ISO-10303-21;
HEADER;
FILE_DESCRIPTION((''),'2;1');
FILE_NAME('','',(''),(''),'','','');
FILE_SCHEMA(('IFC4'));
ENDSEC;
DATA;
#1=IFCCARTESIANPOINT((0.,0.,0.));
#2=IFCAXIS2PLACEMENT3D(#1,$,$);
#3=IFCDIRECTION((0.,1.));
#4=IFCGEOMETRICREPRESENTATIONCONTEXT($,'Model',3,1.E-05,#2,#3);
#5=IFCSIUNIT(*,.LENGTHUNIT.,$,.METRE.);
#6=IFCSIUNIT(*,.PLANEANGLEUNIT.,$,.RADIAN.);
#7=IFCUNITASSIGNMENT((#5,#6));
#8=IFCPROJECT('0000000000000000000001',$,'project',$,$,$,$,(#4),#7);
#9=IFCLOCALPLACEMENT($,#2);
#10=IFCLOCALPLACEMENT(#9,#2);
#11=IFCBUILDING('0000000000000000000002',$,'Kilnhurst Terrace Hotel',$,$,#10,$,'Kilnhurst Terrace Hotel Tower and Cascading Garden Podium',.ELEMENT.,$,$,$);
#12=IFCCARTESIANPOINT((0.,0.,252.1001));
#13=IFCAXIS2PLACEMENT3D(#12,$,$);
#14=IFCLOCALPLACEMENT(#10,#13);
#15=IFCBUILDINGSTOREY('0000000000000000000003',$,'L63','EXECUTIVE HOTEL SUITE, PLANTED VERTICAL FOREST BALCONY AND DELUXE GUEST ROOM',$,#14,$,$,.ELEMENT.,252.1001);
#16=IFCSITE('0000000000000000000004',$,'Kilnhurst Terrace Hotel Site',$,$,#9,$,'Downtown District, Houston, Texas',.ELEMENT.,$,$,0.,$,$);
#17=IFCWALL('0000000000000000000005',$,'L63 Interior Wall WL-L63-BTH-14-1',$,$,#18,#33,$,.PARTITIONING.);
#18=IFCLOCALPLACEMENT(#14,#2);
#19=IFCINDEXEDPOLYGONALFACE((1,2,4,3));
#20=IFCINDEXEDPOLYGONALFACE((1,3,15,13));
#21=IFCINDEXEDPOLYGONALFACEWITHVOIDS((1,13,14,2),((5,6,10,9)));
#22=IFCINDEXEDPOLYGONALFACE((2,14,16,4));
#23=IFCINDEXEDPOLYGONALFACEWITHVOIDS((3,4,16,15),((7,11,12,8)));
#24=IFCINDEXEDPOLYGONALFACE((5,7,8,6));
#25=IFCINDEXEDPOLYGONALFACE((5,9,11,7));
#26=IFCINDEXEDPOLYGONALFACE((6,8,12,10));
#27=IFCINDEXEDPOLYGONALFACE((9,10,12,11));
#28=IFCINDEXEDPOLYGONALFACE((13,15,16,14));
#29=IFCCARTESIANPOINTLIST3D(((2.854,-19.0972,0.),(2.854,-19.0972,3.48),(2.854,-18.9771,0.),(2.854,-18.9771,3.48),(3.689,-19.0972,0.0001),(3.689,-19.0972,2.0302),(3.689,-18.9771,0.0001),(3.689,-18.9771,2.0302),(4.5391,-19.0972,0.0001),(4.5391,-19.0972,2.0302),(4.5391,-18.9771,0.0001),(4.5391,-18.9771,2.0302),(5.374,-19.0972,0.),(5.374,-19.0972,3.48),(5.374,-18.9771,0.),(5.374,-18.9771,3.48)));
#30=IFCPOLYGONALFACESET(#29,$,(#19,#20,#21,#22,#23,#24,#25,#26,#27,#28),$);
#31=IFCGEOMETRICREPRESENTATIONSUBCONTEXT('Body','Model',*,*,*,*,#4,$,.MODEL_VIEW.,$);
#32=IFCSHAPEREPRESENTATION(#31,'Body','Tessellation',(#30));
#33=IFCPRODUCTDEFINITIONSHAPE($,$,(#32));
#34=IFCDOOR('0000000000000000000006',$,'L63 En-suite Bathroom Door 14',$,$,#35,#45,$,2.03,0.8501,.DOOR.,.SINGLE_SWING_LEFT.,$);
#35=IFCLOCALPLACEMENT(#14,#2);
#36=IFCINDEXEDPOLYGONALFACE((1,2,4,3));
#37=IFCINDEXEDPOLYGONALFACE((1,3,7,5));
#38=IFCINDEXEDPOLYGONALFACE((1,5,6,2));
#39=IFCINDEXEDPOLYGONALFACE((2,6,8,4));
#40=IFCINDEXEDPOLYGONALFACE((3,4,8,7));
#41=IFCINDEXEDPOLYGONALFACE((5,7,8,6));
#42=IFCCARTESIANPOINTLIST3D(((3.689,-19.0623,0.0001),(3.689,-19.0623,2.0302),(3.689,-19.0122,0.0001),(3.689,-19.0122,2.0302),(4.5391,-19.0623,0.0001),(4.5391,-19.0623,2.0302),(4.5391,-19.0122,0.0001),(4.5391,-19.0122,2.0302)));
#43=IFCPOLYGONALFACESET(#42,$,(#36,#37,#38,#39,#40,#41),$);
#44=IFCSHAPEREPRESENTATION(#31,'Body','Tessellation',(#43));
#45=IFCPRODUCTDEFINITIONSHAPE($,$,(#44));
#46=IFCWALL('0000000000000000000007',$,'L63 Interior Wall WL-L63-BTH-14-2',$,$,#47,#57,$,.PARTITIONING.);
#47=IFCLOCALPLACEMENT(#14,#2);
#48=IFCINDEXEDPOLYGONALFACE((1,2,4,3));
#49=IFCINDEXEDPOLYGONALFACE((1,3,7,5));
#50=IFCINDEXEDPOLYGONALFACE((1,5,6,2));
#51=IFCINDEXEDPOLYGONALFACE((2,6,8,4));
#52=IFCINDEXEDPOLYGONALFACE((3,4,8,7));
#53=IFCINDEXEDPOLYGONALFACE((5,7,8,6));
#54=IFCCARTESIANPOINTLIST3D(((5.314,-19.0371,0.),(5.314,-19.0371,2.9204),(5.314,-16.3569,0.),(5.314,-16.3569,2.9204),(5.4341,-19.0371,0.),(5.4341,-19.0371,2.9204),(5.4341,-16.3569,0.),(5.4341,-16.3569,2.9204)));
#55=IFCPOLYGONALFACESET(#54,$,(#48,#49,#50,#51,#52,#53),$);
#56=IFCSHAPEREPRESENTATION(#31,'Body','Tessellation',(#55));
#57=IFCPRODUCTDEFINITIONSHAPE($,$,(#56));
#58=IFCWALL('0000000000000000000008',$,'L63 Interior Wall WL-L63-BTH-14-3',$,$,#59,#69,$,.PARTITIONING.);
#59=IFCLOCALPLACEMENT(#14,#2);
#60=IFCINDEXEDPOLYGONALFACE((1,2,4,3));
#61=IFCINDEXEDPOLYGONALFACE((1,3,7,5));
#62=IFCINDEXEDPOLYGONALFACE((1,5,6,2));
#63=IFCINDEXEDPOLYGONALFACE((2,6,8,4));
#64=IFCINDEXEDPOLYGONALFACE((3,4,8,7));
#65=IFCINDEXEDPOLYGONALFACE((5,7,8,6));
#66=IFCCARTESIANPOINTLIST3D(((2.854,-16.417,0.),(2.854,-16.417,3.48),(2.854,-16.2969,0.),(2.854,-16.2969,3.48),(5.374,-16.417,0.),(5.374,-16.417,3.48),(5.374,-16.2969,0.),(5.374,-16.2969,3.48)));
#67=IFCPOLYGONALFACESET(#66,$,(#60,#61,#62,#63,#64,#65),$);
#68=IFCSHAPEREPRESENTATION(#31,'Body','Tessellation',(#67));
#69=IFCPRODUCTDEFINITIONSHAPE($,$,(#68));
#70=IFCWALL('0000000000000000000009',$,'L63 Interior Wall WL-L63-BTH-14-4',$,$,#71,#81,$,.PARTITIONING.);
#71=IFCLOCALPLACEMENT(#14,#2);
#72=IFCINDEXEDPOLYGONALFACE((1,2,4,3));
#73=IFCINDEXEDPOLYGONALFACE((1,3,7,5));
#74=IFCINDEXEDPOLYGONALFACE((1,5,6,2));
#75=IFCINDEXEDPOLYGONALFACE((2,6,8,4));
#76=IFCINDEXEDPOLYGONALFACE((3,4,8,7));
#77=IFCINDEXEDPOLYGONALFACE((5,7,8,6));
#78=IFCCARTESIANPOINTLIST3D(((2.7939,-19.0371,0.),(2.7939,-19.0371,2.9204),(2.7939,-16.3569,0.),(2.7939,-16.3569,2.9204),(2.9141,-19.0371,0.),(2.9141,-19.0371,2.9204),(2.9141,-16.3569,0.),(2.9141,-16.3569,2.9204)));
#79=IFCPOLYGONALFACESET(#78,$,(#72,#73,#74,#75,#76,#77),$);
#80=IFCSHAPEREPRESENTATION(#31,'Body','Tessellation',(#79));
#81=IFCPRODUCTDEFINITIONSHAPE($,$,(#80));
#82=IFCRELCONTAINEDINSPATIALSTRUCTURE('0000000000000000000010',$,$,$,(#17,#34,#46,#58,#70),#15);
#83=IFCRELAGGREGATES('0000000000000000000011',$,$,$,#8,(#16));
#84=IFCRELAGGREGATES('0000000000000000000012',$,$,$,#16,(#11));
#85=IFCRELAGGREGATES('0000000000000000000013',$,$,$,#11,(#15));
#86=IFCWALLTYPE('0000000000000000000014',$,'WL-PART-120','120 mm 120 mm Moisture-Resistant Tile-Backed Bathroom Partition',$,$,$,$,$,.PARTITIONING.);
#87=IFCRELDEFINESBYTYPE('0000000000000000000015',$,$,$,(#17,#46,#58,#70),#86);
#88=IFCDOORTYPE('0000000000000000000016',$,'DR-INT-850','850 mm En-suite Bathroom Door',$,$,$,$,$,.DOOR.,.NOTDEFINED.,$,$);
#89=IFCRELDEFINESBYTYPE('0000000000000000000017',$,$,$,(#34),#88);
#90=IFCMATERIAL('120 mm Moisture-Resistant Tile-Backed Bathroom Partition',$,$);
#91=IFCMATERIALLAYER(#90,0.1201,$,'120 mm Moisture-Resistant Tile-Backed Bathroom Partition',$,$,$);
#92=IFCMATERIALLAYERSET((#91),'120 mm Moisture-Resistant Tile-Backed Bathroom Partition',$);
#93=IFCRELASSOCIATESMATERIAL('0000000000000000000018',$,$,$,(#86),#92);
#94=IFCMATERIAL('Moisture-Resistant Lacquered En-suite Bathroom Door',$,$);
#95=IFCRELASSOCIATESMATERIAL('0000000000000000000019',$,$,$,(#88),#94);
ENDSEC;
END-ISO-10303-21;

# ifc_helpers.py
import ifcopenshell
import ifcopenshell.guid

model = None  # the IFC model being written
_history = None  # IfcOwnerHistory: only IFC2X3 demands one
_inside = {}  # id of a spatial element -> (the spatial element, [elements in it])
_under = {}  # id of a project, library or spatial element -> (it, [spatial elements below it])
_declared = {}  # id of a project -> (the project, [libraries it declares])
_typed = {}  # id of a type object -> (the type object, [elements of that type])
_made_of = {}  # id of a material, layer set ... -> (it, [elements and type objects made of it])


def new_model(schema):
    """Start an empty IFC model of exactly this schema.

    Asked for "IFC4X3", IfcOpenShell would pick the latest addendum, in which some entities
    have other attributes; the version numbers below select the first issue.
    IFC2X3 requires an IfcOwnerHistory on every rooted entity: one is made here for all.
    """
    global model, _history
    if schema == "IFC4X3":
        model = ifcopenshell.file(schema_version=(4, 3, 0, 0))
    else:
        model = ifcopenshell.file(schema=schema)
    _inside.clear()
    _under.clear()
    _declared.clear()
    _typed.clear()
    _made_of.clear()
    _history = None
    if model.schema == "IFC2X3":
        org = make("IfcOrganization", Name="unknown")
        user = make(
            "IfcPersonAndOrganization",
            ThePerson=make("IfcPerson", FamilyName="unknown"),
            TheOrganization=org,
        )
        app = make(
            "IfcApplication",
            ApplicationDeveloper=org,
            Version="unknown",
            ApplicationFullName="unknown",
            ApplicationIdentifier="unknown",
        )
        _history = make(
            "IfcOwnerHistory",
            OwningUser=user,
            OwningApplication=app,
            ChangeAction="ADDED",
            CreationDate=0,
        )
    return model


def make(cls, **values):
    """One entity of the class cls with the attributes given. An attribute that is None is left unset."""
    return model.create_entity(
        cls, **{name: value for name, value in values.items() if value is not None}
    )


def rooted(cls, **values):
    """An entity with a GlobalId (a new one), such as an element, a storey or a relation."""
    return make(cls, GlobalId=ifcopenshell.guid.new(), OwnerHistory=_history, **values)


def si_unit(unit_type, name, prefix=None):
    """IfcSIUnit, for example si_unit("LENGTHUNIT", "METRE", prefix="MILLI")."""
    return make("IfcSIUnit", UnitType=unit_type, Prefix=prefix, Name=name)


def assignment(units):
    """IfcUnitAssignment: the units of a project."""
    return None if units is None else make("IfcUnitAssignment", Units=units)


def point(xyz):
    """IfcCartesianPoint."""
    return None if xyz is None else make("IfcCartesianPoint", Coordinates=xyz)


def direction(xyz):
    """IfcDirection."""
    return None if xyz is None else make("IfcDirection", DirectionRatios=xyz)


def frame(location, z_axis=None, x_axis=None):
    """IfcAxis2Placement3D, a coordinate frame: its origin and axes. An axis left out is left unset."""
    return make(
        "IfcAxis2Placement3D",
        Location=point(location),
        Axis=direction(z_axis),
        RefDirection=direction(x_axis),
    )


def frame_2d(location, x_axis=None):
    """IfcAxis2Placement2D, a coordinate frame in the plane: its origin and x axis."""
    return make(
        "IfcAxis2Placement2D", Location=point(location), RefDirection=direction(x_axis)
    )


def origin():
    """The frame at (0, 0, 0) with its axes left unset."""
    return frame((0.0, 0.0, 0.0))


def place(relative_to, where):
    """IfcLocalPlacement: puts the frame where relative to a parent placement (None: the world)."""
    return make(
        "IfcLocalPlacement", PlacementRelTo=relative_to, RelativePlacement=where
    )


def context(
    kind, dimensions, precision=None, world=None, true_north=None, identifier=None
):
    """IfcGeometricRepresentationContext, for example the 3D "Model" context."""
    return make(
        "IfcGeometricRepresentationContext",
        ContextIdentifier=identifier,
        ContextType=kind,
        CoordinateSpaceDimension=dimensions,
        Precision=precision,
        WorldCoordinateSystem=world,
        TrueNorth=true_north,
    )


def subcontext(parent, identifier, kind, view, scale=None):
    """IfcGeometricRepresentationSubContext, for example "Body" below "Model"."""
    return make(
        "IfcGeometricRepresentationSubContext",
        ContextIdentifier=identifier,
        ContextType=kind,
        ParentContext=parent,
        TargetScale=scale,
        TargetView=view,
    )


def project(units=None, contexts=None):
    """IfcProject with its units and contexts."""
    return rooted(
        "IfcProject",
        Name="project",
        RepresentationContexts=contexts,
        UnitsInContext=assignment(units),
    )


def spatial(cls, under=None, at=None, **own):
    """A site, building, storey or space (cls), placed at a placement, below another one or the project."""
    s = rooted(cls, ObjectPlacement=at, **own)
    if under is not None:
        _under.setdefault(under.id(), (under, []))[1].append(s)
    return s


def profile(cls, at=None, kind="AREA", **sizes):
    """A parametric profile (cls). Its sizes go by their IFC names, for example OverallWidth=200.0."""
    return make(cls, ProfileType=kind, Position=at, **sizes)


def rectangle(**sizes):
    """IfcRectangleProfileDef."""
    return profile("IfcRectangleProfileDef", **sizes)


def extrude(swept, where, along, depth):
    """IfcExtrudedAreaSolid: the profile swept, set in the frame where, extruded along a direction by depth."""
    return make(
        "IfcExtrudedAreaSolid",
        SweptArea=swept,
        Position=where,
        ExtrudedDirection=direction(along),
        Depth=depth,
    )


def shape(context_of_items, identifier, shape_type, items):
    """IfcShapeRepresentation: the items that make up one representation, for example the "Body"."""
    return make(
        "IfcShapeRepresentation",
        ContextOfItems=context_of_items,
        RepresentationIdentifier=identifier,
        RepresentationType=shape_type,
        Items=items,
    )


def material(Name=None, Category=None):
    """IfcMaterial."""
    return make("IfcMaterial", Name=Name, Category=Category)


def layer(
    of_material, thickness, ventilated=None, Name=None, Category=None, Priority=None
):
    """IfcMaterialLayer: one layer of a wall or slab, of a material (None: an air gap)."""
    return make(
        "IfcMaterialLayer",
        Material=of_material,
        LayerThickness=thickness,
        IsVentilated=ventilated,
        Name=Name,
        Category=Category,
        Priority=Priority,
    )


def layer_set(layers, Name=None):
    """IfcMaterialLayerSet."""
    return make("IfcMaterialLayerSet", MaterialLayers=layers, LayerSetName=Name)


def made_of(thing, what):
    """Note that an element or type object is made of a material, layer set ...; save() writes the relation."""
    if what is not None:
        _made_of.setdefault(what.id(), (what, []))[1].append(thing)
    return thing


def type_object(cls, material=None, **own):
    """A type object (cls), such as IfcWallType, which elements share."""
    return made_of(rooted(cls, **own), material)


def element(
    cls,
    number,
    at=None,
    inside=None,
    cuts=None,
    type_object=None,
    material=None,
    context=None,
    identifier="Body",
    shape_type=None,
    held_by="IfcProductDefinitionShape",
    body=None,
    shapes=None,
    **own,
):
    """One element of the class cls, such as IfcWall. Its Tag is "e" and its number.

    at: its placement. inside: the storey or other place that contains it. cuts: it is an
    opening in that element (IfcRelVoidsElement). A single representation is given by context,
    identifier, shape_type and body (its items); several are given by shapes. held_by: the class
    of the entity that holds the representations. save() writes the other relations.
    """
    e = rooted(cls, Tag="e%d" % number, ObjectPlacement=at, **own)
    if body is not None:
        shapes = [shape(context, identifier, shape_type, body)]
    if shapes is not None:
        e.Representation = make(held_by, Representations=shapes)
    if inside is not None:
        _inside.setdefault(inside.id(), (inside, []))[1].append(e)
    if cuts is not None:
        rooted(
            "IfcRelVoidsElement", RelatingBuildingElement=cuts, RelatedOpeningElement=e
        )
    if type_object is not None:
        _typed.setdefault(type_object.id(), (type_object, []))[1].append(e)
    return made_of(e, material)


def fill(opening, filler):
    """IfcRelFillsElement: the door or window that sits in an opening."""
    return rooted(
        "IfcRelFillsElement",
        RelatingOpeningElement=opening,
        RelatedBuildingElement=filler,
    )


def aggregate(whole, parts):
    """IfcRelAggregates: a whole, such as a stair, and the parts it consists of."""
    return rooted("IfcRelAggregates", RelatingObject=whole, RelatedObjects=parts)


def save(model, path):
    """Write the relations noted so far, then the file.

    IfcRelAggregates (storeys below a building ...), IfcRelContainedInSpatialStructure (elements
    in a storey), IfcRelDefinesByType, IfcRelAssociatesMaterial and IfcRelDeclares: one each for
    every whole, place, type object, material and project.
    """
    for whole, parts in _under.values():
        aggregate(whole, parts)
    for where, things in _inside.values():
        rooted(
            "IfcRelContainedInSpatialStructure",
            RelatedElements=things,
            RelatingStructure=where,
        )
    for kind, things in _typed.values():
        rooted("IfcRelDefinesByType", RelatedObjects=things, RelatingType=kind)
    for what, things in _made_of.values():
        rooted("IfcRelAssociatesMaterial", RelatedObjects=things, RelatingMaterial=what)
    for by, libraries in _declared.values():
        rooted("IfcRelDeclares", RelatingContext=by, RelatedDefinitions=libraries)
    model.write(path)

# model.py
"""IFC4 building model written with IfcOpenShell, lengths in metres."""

from ifc_helpers import new_model, si_unit, direction, frame, frame_2d, origin, place, context, subcontext, project, spatial, rectangle, extrude, material, layer, layer_set, type_object, element, fill, save


model = new_model("IFC4")

# Units and contexts
model_context = context("Model", 3, precision=1e-05, world=origin(), true_north=direction((0.0, 1.0)))
body_context = subcontext(model_context, "Body", "Model", "MODEL_VIEW")
ifc_project = project(units=[si_unit("LENGTHUNIT", "METRE"), si_unit("PLANEANGLEUNIT", "RADIAN")], contexts=[model_context])

# Site, building, storey
site_placement = place(None, origin())
site = spatial("IfcSite", under=ifc_project, at=site_placement, Name="Kilnhurst Terrace Hotel Site", LongName="Downtown District, Houston, Texas", CompositionType="ELEMENT", RefElevation=0.0)
building_placement = place(site_placement, origin())
building = spatial("IfcBuilding", under=site, at=building_placement, Name="Kilnhurst Terrace Hotel", LongName="Kilnhurst Terrace Hotel Tower and Cascading Garden Podium", CompositionType="ELEMENT")
storey_placement = place(building_placement, frame((0.0, 0.0, 252.1001)))
storey = spatial("IfcBuildingStorey", under=building, at=storey_placement, Name="L63", Description="EXECUTIVE HOTEL SUITE, PLANTED VERTICAL FOREST BALCONY AND DELUXE GUEST ROOM", CompositionType="ELEMENT", Elevation=252.1001)

# Wall, opening, door
ifc_material_1 = material(Name="120 mm Moisture-Resistant Tile-Backed Bathroom Partition")
ifc_layer_1 = layer(ifc_material_1, 0.1201, Name="120 mm Moisture-Resistant Tile-Backed Bathroom Partition")
ifc_layer_set_1 = layer_set([ifc_layer_1], Name="120 mm Moisture-Resistant Tile-Backed Bathroom Partition")
wall_type_1 = type_object("IfcWallType", Name="WL-PART-120", Description="120 mm 120 mm Moisture-Resistant Tile-Backed Bathroom Partition", PredefinedType="PARTITIONING", material=ifc_layer_set_1)
wall_1_placement = place(storey_placement, frame((2.854, -19.0371, 0.0), z_axis=(0.0, 0.0, 1.0), x_axis=(1.0, 0.0, 0.0)))
wall_1 = element("IfcWall", 1, at=wall_1_placement, inside=storey, type_object=wall_type_1, Name="L63 Interior Wall WL-L63-BTH-14-1", PredefinedType="PARTITIONING", context=body_context, shape_type="SweptSolid", body=[
    extrude(rectangle(XDim=2.52, YDim=0.1201, at=frame_2d((1.26, 0.0))), origin(), (0.0, 0.0, 1.0), 3.48),
])
opening_placement = place(wall_1_placement, frame((0.835, 0.0, 0.0)))
opening = element("IfcOpeningElement", 2, at=opening_placement, cuts=wall_1, PredefinedType="OPENING", context=body_context, shape_type="SweptSolid", body=[
    extrude(rectangle(XDim=0.8501, YDim=2.03, at=frame_2d((0.425, 1.0151))), frame((0.0, 0.0701, 0.0), z_axis=(0.0, -1.0, 0.0), x_axis=(1.0, 0.0, 0.0)), (0.0, 0.0, 1.0), 0.1401),
])
ifc_material_2 = material(Name="Moisture-Resistant Lacquered En-suite Bathroom Door")
door_type = type_object("IfcDoorType", Name="DR-INT-850", Description="850 mm En-suite Bathroom Door", OperationType="NOTDEFINED", PredefinedType="DOOR", material=ifc_material_2)
door_placement = place(opening_placement, origin())
door = element("IfcDoor", 3, at=door_placement, inside=storey, type_object=door_type, Name="L63 En-suite Bathroom Door 14", OperationType="SINGLE_SWING_LEFT", OverallHeight=2.03, OverallWidth=0.8501, PredefinedType="DOOR", context=body_context, shape_type="SweptSolid", body=[
    extrude(rectangle(XDim=0.8501, YDim=2.03, at=frame_2d((0.425, 1.0151))), frame((0.0, 0.0249, 0.0), z_axis=(0.0, -1.0, 0.0), x_axis=(1.0, 0.0, 0.0)), (0.0, 0.0, 1.0), 0.05),
])
fill(opening, door)

# Walls
wall_2_placement = place(storey_placement, frame((5.374, -19.0371, 0.0), z_axis=(0.0, 0.0, 1.0), x_axis=(0.0, 1.0, 0.0)))
element("IfcWall", 4, at=wall_2_placement, inside=storey, type_object=wall_type_1, Name="L63 Interior Wall WL-L63-BTH-14-2", PredefinedType="PARTITIONING", context=body_context, shape_type="SweptSolid", body=[
    extrude(rectangle(XDim=2.6802, YDim=0.1201, at=frame_2d((1.3401, 0.0))), origin(), (0.0, 0.0, 1.0), 2.9204),
])
wall_3_placement = place(storey_placement, frame((5.374, -16.3569, 0.0), z_axis=(0.0, 0.0, 1.0), x_axis=(-1.0, 0.0, 0.0)))
element("IfcWall", 5, at=wall_3_placement, inside=storey, type_object=wall_type_1, Name="L63 Interior Wall WL-L63-BTH-14-3", PredefinedType="PARTITIONING", context=body_context, shape_type="SweptSolid", body=[
    extrude(rectangle(XDim=2.52, YDim=0.1201, at=frame_2d((1.26, 0.0))), origin(), (0.0, 0.0, 1.0), 3.48),
])
wall_4_placement = place(storey_placement, frame((2.854, -16.3569, 0.0), z_axis=(0.0, 0.0, 1.0), x_axis=(0.0, -1.0, 0.0)))
element("IfcWall", 6, at=wall_4_placement, inside=storey, type_object=wall_type_1, Name="L63 Interior Wall WL-L63-BTH-14-4", PredefinedType="PARTITIONING", context=body_context, shape_type="SweptSolid", body=[
    extrude(rectangle(XDim=2.6802, YDim=0.1201, at=frame_2d((1.3401, 0.0))), origin(), (0.0, 0.0, 1.0), 2.9204),
])

save(model, "model.ifc")
